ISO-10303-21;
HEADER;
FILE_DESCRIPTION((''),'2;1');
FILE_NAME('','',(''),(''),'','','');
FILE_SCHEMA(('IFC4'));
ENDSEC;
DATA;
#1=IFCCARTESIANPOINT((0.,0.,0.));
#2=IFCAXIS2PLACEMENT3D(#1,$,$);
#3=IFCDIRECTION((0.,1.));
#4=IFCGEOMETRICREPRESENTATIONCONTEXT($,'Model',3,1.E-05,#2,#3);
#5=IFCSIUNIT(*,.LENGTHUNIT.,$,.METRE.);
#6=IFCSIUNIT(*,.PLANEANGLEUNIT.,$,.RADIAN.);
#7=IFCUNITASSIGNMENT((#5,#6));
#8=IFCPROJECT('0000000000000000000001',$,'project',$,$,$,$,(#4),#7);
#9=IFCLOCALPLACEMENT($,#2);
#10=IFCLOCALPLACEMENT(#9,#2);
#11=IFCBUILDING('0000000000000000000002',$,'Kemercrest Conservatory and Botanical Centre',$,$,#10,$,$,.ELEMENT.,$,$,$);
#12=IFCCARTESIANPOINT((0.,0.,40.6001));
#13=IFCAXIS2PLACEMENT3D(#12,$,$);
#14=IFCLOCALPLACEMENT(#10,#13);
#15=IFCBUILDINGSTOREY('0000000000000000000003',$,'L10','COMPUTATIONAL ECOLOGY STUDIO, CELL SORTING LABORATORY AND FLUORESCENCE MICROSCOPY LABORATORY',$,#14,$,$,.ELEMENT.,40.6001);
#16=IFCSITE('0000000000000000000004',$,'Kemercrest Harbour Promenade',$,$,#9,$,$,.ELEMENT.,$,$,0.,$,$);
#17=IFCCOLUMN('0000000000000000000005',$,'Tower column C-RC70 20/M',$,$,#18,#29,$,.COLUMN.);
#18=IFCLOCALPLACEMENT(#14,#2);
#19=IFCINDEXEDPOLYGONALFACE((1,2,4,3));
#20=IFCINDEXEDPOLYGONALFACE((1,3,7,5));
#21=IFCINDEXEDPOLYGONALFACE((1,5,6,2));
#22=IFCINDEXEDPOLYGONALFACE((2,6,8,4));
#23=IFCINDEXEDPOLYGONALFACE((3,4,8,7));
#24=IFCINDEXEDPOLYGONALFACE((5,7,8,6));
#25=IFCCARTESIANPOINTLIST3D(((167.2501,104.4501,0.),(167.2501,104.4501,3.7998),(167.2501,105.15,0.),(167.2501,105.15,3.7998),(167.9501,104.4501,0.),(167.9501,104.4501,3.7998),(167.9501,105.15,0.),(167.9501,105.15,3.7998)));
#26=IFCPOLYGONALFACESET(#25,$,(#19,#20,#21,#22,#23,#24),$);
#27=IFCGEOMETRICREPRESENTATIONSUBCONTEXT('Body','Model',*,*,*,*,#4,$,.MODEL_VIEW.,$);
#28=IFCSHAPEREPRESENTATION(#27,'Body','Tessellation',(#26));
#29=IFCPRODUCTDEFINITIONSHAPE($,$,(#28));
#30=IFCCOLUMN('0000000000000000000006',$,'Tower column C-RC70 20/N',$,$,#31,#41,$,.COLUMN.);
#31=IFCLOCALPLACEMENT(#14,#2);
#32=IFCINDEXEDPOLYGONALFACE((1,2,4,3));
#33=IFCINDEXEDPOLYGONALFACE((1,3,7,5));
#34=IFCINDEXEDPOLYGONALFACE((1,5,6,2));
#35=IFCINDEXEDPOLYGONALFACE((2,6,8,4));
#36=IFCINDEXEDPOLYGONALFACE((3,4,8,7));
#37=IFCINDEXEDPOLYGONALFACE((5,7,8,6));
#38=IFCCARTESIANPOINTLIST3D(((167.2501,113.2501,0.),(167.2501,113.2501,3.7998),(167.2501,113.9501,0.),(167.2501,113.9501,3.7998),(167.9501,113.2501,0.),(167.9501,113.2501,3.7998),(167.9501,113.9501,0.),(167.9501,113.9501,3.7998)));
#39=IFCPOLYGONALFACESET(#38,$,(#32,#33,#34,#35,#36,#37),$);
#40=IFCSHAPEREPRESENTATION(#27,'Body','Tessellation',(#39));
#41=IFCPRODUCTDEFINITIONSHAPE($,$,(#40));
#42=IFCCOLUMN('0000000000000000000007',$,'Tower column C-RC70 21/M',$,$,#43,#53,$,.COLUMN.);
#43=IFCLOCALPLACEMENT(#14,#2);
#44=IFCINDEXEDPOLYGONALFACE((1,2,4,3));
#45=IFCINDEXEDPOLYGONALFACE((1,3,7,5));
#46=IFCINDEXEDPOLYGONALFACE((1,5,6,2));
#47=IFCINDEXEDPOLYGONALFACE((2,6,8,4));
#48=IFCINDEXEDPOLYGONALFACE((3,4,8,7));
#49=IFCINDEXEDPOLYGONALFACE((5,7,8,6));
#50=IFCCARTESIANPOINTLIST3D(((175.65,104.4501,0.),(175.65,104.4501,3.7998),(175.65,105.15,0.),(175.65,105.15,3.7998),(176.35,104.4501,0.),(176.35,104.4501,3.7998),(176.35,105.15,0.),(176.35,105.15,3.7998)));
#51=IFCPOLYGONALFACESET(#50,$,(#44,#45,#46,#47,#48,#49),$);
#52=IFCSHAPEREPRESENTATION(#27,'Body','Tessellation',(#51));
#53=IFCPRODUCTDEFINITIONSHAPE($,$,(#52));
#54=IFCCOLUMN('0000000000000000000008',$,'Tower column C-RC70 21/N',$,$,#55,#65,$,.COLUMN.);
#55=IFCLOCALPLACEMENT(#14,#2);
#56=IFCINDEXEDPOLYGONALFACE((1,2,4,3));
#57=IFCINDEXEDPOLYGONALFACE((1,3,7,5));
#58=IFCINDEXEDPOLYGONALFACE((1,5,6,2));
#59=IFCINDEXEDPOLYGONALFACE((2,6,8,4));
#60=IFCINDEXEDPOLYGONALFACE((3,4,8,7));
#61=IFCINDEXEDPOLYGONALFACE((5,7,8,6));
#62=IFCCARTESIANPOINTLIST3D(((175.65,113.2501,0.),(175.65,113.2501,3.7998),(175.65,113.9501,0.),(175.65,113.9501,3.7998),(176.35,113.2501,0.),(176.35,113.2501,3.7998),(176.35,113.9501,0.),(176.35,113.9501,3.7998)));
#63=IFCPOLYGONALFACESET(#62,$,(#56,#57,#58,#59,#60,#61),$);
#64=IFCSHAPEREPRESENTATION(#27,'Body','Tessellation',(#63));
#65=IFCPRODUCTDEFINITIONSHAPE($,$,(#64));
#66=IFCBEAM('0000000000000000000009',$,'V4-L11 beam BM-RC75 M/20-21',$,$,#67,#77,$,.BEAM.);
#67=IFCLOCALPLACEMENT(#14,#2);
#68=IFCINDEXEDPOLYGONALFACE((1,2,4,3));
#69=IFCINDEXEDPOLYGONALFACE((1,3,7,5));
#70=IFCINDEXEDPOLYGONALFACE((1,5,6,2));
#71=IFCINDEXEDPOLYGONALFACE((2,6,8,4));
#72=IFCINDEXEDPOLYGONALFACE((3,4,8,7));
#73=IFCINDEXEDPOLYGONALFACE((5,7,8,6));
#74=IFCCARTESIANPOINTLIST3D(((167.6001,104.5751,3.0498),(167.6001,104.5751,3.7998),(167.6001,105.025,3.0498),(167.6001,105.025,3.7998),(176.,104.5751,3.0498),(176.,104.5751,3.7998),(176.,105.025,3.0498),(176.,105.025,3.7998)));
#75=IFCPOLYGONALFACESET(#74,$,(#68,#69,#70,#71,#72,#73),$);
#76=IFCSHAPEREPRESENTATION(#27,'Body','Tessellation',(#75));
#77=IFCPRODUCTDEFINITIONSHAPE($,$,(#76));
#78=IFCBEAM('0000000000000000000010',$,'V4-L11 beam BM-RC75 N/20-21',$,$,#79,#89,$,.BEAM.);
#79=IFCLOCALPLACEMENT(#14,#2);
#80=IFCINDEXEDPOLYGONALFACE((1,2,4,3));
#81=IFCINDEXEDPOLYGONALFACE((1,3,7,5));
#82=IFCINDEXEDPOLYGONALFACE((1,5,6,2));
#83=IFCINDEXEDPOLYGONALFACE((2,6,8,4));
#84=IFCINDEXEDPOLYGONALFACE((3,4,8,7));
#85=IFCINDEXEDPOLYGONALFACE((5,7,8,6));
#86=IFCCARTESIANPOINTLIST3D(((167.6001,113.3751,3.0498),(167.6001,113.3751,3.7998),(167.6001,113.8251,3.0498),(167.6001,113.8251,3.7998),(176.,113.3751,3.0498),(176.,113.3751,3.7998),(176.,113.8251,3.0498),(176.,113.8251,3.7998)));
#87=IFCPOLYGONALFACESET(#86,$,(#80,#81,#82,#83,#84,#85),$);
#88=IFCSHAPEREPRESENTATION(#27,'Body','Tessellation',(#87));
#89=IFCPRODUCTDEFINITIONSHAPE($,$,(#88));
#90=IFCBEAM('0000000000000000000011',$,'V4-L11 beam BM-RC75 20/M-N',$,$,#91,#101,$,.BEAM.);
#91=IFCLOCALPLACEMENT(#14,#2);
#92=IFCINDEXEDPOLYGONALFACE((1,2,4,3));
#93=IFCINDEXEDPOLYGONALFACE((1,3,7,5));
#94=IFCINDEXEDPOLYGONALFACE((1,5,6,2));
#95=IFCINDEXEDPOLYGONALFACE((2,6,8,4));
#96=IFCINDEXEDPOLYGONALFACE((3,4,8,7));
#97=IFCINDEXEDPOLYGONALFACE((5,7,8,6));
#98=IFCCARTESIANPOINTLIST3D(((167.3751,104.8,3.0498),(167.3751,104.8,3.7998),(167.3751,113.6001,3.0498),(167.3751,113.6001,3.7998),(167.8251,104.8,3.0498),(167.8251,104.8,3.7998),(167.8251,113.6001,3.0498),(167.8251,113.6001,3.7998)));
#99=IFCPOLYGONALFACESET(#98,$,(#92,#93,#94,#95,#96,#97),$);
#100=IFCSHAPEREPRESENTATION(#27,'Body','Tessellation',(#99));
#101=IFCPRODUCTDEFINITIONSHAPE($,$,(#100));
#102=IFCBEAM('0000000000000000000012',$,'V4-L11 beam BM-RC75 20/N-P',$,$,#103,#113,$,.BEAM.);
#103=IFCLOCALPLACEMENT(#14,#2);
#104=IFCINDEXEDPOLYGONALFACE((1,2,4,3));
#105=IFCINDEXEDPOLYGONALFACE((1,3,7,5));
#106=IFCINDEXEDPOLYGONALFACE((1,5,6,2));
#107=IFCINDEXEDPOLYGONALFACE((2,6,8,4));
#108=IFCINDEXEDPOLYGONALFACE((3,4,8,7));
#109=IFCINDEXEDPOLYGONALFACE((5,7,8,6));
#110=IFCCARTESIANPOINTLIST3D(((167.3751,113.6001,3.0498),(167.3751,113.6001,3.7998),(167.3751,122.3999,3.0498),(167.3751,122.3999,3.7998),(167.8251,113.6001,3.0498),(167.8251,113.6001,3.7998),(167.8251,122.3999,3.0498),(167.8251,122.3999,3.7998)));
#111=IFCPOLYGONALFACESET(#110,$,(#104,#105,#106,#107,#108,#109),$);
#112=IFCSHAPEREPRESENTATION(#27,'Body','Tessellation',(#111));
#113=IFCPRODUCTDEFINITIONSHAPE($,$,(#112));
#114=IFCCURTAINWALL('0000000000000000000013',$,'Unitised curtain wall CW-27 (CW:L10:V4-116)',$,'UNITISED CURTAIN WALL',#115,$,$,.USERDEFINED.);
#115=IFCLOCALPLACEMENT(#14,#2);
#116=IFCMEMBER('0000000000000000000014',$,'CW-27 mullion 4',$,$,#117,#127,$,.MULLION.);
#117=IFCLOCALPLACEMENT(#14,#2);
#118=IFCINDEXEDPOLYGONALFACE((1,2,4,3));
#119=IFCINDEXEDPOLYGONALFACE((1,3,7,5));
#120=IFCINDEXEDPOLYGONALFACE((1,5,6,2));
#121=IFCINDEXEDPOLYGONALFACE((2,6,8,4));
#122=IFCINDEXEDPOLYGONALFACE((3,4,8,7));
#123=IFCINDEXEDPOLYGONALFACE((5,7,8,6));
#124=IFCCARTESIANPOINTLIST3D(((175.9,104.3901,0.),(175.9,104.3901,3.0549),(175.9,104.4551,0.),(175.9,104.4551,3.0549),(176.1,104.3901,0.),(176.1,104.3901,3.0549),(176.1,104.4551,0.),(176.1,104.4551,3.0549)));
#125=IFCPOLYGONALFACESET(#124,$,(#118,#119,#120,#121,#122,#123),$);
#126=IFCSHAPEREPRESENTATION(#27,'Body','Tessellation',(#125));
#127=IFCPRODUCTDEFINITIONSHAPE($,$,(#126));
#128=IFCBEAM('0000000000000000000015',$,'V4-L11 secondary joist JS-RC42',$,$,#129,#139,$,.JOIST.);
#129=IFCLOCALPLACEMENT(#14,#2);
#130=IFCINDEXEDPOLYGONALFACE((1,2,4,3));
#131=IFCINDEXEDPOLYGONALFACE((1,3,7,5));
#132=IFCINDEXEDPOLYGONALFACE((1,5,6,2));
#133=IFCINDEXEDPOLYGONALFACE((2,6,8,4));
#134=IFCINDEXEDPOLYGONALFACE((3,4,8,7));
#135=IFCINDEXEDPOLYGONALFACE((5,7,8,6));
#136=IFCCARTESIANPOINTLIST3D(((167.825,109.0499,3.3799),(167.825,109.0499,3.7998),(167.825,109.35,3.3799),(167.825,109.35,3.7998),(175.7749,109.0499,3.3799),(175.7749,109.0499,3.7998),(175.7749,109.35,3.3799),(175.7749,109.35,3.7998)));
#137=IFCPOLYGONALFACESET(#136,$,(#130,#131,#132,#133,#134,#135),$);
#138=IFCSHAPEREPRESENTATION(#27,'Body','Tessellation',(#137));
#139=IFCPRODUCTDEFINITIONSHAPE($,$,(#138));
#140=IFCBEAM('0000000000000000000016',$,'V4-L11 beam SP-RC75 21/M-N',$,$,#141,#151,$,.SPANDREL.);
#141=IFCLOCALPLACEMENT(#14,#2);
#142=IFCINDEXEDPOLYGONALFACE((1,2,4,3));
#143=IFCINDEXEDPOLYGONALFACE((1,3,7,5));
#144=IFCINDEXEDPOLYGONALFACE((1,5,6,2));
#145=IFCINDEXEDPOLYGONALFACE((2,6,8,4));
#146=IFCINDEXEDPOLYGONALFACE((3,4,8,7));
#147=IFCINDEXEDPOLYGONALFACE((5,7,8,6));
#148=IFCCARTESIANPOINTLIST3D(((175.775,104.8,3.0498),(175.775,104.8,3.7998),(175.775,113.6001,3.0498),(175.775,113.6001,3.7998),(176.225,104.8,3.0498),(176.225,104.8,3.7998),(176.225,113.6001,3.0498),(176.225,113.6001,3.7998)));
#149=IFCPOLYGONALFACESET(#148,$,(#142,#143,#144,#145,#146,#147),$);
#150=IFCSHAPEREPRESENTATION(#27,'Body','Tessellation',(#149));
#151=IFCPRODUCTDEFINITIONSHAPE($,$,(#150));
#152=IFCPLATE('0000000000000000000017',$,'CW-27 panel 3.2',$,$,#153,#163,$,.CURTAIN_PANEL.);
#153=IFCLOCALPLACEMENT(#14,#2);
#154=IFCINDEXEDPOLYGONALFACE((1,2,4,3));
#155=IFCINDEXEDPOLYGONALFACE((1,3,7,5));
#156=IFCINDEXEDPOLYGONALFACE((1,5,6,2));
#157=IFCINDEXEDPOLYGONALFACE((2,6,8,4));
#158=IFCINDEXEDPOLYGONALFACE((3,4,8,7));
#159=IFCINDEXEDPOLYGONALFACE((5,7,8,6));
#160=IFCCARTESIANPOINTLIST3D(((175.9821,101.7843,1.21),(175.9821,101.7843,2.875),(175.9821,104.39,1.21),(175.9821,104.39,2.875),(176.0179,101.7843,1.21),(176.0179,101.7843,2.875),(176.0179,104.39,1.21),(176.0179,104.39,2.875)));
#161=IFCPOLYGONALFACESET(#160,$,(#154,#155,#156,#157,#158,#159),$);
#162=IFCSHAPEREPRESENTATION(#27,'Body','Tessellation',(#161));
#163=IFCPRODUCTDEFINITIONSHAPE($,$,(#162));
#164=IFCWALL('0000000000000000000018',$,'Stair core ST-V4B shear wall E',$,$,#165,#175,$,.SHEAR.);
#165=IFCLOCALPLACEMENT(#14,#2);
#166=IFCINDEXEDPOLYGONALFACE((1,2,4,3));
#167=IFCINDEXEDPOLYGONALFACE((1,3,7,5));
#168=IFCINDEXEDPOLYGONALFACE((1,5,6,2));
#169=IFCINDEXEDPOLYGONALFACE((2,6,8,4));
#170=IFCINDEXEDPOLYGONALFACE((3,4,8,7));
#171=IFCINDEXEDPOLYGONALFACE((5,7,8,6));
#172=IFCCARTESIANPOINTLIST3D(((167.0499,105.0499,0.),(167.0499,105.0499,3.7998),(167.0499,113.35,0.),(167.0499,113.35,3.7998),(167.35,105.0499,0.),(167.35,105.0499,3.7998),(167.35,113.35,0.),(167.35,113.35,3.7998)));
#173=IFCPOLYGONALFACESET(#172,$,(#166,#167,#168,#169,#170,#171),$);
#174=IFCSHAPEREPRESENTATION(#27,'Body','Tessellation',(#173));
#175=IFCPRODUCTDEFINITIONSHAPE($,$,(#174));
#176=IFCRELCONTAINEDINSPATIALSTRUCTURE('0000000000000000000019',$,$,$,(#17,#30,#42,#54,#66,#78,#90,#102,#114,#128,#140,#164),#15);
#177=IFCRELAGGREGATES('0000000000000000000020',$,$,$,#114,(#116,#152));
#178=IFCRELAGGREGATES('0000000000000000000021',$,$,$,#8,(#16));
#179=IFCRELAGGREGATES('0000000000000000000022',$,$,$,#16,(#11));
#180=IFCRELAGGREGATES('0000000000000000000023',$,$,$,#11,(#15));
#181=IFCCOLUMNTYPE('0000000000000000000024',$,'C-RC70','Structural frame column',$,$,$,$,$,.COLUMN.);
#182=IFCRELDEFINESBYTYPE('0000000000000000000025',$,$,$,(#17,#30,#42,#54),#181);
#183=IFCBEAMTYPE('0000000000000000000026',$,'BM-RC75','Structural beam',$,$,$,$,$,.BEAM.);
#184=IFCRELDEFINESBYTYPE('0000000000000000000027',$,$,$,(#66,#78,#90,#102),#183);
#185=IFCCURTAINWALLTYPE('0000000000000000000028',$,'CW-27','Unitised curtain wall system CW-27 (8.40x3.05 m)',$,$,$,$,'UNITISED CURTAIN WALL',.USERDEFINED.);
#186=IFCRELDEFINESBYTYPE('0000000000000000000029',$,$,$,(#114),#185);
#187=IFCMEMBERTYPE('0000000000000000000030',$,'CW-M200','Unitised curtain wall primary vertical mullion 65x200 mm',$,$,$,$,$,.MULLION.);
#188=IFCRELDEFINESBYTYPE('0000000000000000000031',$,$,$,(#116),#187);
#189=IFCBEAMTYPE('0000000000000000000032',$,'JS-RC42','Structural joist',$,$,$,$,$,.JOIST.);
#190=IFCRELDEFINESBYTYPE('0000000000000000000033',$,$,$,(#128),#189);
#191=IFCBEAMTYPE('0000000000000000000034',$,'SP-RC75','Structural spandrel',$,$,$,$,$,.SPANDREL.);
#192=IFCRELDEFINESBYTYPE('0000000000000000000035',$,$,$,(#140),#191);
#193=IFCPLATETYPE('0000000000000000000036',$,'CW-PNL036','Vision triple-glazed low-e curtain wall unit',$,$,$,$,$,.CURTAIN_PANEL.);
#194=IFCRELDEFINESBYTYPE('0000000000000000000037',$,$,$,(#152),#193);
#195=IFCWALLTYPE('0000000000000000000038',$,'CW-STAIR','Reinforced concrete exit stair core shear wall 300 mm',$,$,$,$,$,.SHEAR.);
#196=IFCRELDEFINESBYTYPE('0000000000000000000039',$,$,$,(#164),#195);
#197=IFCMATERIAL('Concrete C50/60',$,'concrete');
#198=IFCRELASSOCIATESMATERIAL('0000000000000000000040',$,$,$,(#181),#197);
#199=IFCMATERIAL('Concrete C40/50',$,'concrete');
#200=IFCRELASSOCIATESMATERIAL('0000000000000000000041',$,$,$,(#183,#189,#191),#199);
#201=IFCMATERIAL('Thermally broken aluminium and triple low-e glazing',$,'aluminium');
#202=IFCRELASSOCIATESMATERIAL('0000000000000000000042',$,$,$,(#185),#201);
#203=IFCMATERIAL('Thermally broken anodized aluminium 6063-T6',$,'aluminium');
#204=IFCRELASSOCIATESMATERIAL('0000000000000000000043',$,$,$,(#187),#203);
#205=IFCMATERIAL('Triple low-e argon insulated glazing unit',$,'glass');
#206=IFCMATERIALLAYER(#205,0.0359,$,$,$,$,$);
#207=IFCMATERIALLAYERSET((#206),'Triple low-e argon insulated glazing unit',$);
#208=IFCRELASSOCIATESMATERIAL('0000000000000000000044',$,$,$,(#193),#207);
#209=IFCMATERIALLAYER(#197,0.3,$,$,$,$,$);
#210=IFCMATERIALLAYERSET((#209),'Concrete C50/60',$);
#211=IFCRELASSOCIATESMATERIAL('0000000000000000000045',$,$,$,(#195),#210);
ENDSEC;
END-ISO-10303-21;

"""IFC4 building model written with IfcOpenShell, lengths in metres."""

from ifc_helpers import new_model, si_unit, direction, frame, frame_2d, origin, origin_2d, place, context, subcontext, project, spatial, rectangle, extrude, material, layer, layer_set, material_profile, profile_set, type_object, element, aggregate, save


model = new_model("IFC4")

# Units and contexts
model_context = context("Model", 3, precision=1e-05, world=origin(), true_north=direction((0.0, 1.0)))
body_context = subcontext(model_context, "Body", "Model", "MODEL_VIEW")
ifc_project = project(units=[si_unit("LENGTHUNIT", "METRE"), si_unit("PLANEANGLEUNIT", "RADIAN")], contexts=[model_context])

# Site, building, storey
site_placement = place(None, origin())
site = spatial("IfcSite", under=ifc_project, at=site_placement, Name="Kemercrest Harbour Promenade", CompositionType="ELEMENT", RefElevation=0.0)
building_placement = place(site_placement, origin())
building = spatial("IfcBuilding", under=site, at=building_placement, Name="Kemercrest Conservatory and Botanical Centre", CompositionType="ELEMENT")
storey_placement = place(building_placement, frame((0.0, 0.0, 40.6001)))
storey = spatial("IfcBuildingStorey", under=building, at=storey_placement, Name="L10", Description="COMPUTATIONAL ECOLOGY STUDIO, CELL SORTING LABORATORY AND FLUORESCENCE MICROSCOPY LABORATORY", CompositionType="ELEMENT", Elevation=40.6001)

# Columns
ifc_material_1 = material(Name="Concrete C50/60", Category="concrete")
ifc_material_profile_1 = material_profile(ifc_material_1, rectangle(XDim=0.7, YDim=0.7, at=origin_2d()), Name="RC 700x700")
ifc_profile_set_1 = profile_set([ifc_material_profile_1], Name="Concrete C50/60")
column_type = type_object("IfcColumnType", Name="C-RC70", Description="Structural frame column", PredefinedType="COLUMN", material=ifc_profile_set_1)
for number, where, z_axis, x_axis, name in (
    (1, (167.6001, 104.8, 0.0), (0.0, 0.0, 1.0), (1.0, 0.0, 0.0), "Tower column C-RC70 20/M"),
    (2, (167.6001, 113.6001, 0.0), (0.0, 0.0, 1.0), (1.0, 0.0, 0.0), "Tower column C-RC70 20/N"),
    (3, (176.0, 104.8, 0.0), (0.0, 0.0, 1.0), (1.0, 0.0, 0.0), "Tower column C-RC70 21/M"),
    (4, (176.0, 113.6001, 0.0), (0.0, 0.0, 1.0), (1.0, 0.0, 0.0), "Tower column C-RC70 21/N"),
):
    element("IfcColumn", number, at=place(storey_placement, frame(where, z_axis=z_axis, x_axis=x_axis)), inside=storey, type_object=column_type, Name=name, PredefinedType="COLUMN", context=body_context, shape_type="SweptSolid", body=[
        extrude(rectangle(XDim=0.7, YDim=0.7, at=origin_2d()), origin(), (0.0, 0.0, 1.0), 3.7998),
    ])

# Beams
ifc_material_2 = material(Name="Concrete C40/50", Category="concrete")
ifc_material_profile_2 = material_profile(ifc_material_2, rectangle(XDim=0.45, YDim=0.75, at=origin_2d()), Name="RC 450x750")
ifc_profile_set_2 = profile_set([ifc_material_profile_2], Name="Concrete C40/50")
beam_type_1 = type_object("IfcBeamType", Name="BM-RC75", Description="Structural beam", PredefinedType="BEAM", material=ifc_profile_set_2)
for number, where, z_axis, x_axis, name in (
    (5, (167.6001, 104.8, 3.4248), (1.0, 0.0, 0.0), (0.0, 1.0, 0.0), "V4-L11 beam BM-RC75 M/20-21"),
    (6, (167.6001, 113.6001, 3.4248), (1.0, 0.0, 0.0), (0.0, 1.0, 0.0), "V4-L11 beam BM-RC75 N/20-21"),
):
    element("IfcBeam", number, at=place(storey_placement, frame(where, z_axis=z_axis, x_axis=x_axis)), inside=storey, type_object=beam_type_1, Name=name, PredefinedType="BEAM", context=body_context, shape_type="SweptSolid", body=[
        extrude(rectangle(XDim=0.45, YDim=0.75, at=origin_2d()), origin(), (0.0, 0.0, 1.0), 8.3999),
    ])
beam_1_placement = place(storey_placement, frame((167.6001, 104.8, 3.4248), z_axis=(0.0, 1.0, 0.0), x_axis=(-1.0, 0.0, 0.0)))
element("IfcBeam", 7, at=beam_1_placement, inside=storey, type_object=beam_type_1, Name="V4-L11 beam BM-RC75 20/M-N", PredefinedType="BEAM", context=body_context, shape_type="SweptSolid", body=[
    extrude(rectangle(XDim=0.45, YDim=0.75, at=origin_2d()), origin(), (0.0, 0.0, 1.0), 8.8),
])
beam_2_placement = place(storey_placement, frame((167.6001, 113.6001, 3.4248), z_axis=(0.0, 1.0, 0.0), x_axis=(-1.0, 0.0, 0.0)))
element("IfcBeam", 8, at=beam_2_placement, inside=storey, type_object=beam_type_1, Name="V4-L11 beam BM-RC75 20/N-P", PredefinedType="BEAM", context=body_context, shape_type="SweptSolid", body=[
    extrude(rectangle(XDim=0.45, YDim=0.75, at=origin_2d()), origin(), (0.0, 0.0, 1.0), 8.7998),
])

# Curtain wall, member
ifc_material_3 = material(Name="Thermally broken aluminium and triple low-e glazing", Category="aluminium")
curtain_wall_type = type_object("IfcCurtainWallType", Name="CW-27", Description="Unitised curtain wall system CW-27 (8.40x3.05 m)", ElementType="UNITISED CURTAIN WALL", PredefinedType="USERDEFINED", material=ifc_material_3)
curtain_wall_placement = place(storey_placement, origin())
curtain_wall = element("IfcCurtainWall", 9, at=curtain_wall_placement, inside=storey, type_object=curtain_wall_type, Name="Unitised curtain wall CW-27 (CW:L10:V4-116)", ObjectType="UNITISED CURTAIN WALL", PredefinedType="USERDEFINED")
ifc_material_4 = material(Name="Thermally broken anodized aluminium 6063-T6", Category="aluminium")
ifc_material_profile_3 = material_profile(ifc_material_4, rectangle(XDim=0.2, YDim=0.0649, at=origin_2d()), Name="AL MULLION 65x200")
ifc_profile_set_3 = profile_set([ifc_material_profile_3], Name="Thermally broken anodized aluminium 6063-T6")
member_type = type_object("IfcMemberType", Name="CW-M200", Description="Unitised curtain wall primary vertical mullion 65x200 mm", PredefinedType="MULLION", material=ifc_profile_set_3)
member_placement = place(storey_placement, frame((176.0, 104.4226, 0.0), z_axis=(0.0, 0.0, 1.0), x_axis=(-1.0, 0.0, 0.0)))
member = element("IfcMember", 10, at=member_placement, type_object=member_type, Name="CW-27 mullion 4", PredefinedType="MULLION", context=body_context, shape_type="SweptSolid", body=[
    extrude(rectangle(XDim=0.2, YDim=0.0649, at=origin_2d()), origin(), (0.0, 0.0, 1.0), 3.0549),
])

# Beams
ifc_material_profile_4 = material_profile(ifc_material_2, rectangle(XDim=0.3, YDim=0.4199, at=origin_2d()), Name="RC 300x420")
ifc_profile_set_4 = profile_set([ifc_material_profile_4], Name="Concrete C40/50")
beam_type_2 = type_object("IfcBeamType", Name="JS-RC42", Description="Structural joist", PredefinedType="JOIST", material=ifc_profile_set_4)
beam_3_placement = place(storey_placement, frame((167.825, 109.2, 3.5898), z_axis=(1.0, 0.0, 0.0), x_axis=(0.0, 1.0, 0.0)))
element("IfcBeam", 11, at=beam_3_placement, inside=storey, type_object=beam_type_2, Name="V4-L11 secondary joist JS-RC42", PredefinedType="JOIST", context=body_context, shape_type="SweptSolid", body=[
    extrude(rectangle(XDim=0.3, YDim=0.4199, at=origin_2d()), origin(), (0.0, 0.0, 1.0), 7.95),
])
ifc_material_profile_5 = material_profile(ifc_material_2, rectangle(XDim=0.45, YDim=0.75, at=origin_2d()), Name="RC 450x750")
ifc_profile_set_5 = profile_set([ifc_material_profile_5], Name="Concrete C40/50")
beam_type_3 = type_object("IfcBeamType", Name="SP-RC75", Description="Structural spandrel", PredefinedType="SPANDREL", material=ifc_profile_set_5)
beam_4_placement = place(storey_placement, frame((176.0, 104.8, 3.4248), z_axis=(0.0, 1.0, 0.0), x_axis=(-1.0, 0.0, 0.0)))
element("IfcBeam", 12, at=beam_4_placement, inside=storey, type_object=beam_type_3, Name="V4-L11 beam SP-RC75 21/M-N", PredefinedType="SPANDREL", context=body_context, shape_type="SweptSolid", body=[
    extrude(rectangle(XDim=0.45, YDim=0.75, at=origin_2d()), origin(), (0.0, 0.0, 1.0), 8.8),
])

# Plate
ifc_material_5 = material(Name="Triple low-e argon insulated glazing unit", Category="glass")
ifc_layer_1 = layer(ifc_material_5, 0.0359)
ifc_layer_set_1 = layer_set([ifc_layer_1], Name="Triple low-e argon insulated glazing unit")
plate_type = type_object("IfcPlateType", Name="CW-PNL036", Description="Vision triple-glazed low-e curtain wall unit", PredefinedType="CURTAIN_PANEL", material=ifc_layer_set_1)
plate_placement = place(storey_placement, frame((176.0, 103.0872, 1.21), z_axis=(0.0, 0.0, 1.0), x_axis=(0.0, 1.0, 0.0)))
plate = element("IfcPlate", 13, at=plate_placement, type_object=plate_type, Name="CW-27 panel 3.2", PredefinedType="CURTAIN_PANEL", context=body_context, shape_type="SweptSolid", body=[
    extrude(rectangle(XDim=2.6057, YDim=0.0359, at=origin_2d()), origin(), (0.0, 0.0, 1.0), 1.665),
])
aggregate(curtain_wall, [member, plate])

# Wall
ifc_layer_2 = layer(ifc_material_1, 0.3)
ifc_layer_set_2 = layer_set([ifc_layer_2], Name="Concrete C50/60")
wall_type_1 = type_object("IfcWallType", Name="CW-STAIR", Description="Reinforced concrete exit stair core shear wall 300 mm", PredefinedType="SHEAR", material=ifc_layer_set_2)
wall_1_placement = place(storey_placement, frame((167.2, 105.05, 0.0), z_axis=(0.0, 0.0, 1.0), x_axis=(0.0, 1.0, 0.0)))
element("IfcWall", 14, at=wall_1_placement, inside=storey, type_object=wall_type_1, Name="Stair core ST-V4B shear wall E", PredefinedType="SHEAR", context=body_context, shape_type="SweptSolid", body=[
    extrude(rectangle(XDim=8.3, YDim=0.3, at=frame_2d((4.1499, 0.0))), origin(), (0.0, 0.0, 1.0), 3.7998),
])

save(model, "model.ifc")
